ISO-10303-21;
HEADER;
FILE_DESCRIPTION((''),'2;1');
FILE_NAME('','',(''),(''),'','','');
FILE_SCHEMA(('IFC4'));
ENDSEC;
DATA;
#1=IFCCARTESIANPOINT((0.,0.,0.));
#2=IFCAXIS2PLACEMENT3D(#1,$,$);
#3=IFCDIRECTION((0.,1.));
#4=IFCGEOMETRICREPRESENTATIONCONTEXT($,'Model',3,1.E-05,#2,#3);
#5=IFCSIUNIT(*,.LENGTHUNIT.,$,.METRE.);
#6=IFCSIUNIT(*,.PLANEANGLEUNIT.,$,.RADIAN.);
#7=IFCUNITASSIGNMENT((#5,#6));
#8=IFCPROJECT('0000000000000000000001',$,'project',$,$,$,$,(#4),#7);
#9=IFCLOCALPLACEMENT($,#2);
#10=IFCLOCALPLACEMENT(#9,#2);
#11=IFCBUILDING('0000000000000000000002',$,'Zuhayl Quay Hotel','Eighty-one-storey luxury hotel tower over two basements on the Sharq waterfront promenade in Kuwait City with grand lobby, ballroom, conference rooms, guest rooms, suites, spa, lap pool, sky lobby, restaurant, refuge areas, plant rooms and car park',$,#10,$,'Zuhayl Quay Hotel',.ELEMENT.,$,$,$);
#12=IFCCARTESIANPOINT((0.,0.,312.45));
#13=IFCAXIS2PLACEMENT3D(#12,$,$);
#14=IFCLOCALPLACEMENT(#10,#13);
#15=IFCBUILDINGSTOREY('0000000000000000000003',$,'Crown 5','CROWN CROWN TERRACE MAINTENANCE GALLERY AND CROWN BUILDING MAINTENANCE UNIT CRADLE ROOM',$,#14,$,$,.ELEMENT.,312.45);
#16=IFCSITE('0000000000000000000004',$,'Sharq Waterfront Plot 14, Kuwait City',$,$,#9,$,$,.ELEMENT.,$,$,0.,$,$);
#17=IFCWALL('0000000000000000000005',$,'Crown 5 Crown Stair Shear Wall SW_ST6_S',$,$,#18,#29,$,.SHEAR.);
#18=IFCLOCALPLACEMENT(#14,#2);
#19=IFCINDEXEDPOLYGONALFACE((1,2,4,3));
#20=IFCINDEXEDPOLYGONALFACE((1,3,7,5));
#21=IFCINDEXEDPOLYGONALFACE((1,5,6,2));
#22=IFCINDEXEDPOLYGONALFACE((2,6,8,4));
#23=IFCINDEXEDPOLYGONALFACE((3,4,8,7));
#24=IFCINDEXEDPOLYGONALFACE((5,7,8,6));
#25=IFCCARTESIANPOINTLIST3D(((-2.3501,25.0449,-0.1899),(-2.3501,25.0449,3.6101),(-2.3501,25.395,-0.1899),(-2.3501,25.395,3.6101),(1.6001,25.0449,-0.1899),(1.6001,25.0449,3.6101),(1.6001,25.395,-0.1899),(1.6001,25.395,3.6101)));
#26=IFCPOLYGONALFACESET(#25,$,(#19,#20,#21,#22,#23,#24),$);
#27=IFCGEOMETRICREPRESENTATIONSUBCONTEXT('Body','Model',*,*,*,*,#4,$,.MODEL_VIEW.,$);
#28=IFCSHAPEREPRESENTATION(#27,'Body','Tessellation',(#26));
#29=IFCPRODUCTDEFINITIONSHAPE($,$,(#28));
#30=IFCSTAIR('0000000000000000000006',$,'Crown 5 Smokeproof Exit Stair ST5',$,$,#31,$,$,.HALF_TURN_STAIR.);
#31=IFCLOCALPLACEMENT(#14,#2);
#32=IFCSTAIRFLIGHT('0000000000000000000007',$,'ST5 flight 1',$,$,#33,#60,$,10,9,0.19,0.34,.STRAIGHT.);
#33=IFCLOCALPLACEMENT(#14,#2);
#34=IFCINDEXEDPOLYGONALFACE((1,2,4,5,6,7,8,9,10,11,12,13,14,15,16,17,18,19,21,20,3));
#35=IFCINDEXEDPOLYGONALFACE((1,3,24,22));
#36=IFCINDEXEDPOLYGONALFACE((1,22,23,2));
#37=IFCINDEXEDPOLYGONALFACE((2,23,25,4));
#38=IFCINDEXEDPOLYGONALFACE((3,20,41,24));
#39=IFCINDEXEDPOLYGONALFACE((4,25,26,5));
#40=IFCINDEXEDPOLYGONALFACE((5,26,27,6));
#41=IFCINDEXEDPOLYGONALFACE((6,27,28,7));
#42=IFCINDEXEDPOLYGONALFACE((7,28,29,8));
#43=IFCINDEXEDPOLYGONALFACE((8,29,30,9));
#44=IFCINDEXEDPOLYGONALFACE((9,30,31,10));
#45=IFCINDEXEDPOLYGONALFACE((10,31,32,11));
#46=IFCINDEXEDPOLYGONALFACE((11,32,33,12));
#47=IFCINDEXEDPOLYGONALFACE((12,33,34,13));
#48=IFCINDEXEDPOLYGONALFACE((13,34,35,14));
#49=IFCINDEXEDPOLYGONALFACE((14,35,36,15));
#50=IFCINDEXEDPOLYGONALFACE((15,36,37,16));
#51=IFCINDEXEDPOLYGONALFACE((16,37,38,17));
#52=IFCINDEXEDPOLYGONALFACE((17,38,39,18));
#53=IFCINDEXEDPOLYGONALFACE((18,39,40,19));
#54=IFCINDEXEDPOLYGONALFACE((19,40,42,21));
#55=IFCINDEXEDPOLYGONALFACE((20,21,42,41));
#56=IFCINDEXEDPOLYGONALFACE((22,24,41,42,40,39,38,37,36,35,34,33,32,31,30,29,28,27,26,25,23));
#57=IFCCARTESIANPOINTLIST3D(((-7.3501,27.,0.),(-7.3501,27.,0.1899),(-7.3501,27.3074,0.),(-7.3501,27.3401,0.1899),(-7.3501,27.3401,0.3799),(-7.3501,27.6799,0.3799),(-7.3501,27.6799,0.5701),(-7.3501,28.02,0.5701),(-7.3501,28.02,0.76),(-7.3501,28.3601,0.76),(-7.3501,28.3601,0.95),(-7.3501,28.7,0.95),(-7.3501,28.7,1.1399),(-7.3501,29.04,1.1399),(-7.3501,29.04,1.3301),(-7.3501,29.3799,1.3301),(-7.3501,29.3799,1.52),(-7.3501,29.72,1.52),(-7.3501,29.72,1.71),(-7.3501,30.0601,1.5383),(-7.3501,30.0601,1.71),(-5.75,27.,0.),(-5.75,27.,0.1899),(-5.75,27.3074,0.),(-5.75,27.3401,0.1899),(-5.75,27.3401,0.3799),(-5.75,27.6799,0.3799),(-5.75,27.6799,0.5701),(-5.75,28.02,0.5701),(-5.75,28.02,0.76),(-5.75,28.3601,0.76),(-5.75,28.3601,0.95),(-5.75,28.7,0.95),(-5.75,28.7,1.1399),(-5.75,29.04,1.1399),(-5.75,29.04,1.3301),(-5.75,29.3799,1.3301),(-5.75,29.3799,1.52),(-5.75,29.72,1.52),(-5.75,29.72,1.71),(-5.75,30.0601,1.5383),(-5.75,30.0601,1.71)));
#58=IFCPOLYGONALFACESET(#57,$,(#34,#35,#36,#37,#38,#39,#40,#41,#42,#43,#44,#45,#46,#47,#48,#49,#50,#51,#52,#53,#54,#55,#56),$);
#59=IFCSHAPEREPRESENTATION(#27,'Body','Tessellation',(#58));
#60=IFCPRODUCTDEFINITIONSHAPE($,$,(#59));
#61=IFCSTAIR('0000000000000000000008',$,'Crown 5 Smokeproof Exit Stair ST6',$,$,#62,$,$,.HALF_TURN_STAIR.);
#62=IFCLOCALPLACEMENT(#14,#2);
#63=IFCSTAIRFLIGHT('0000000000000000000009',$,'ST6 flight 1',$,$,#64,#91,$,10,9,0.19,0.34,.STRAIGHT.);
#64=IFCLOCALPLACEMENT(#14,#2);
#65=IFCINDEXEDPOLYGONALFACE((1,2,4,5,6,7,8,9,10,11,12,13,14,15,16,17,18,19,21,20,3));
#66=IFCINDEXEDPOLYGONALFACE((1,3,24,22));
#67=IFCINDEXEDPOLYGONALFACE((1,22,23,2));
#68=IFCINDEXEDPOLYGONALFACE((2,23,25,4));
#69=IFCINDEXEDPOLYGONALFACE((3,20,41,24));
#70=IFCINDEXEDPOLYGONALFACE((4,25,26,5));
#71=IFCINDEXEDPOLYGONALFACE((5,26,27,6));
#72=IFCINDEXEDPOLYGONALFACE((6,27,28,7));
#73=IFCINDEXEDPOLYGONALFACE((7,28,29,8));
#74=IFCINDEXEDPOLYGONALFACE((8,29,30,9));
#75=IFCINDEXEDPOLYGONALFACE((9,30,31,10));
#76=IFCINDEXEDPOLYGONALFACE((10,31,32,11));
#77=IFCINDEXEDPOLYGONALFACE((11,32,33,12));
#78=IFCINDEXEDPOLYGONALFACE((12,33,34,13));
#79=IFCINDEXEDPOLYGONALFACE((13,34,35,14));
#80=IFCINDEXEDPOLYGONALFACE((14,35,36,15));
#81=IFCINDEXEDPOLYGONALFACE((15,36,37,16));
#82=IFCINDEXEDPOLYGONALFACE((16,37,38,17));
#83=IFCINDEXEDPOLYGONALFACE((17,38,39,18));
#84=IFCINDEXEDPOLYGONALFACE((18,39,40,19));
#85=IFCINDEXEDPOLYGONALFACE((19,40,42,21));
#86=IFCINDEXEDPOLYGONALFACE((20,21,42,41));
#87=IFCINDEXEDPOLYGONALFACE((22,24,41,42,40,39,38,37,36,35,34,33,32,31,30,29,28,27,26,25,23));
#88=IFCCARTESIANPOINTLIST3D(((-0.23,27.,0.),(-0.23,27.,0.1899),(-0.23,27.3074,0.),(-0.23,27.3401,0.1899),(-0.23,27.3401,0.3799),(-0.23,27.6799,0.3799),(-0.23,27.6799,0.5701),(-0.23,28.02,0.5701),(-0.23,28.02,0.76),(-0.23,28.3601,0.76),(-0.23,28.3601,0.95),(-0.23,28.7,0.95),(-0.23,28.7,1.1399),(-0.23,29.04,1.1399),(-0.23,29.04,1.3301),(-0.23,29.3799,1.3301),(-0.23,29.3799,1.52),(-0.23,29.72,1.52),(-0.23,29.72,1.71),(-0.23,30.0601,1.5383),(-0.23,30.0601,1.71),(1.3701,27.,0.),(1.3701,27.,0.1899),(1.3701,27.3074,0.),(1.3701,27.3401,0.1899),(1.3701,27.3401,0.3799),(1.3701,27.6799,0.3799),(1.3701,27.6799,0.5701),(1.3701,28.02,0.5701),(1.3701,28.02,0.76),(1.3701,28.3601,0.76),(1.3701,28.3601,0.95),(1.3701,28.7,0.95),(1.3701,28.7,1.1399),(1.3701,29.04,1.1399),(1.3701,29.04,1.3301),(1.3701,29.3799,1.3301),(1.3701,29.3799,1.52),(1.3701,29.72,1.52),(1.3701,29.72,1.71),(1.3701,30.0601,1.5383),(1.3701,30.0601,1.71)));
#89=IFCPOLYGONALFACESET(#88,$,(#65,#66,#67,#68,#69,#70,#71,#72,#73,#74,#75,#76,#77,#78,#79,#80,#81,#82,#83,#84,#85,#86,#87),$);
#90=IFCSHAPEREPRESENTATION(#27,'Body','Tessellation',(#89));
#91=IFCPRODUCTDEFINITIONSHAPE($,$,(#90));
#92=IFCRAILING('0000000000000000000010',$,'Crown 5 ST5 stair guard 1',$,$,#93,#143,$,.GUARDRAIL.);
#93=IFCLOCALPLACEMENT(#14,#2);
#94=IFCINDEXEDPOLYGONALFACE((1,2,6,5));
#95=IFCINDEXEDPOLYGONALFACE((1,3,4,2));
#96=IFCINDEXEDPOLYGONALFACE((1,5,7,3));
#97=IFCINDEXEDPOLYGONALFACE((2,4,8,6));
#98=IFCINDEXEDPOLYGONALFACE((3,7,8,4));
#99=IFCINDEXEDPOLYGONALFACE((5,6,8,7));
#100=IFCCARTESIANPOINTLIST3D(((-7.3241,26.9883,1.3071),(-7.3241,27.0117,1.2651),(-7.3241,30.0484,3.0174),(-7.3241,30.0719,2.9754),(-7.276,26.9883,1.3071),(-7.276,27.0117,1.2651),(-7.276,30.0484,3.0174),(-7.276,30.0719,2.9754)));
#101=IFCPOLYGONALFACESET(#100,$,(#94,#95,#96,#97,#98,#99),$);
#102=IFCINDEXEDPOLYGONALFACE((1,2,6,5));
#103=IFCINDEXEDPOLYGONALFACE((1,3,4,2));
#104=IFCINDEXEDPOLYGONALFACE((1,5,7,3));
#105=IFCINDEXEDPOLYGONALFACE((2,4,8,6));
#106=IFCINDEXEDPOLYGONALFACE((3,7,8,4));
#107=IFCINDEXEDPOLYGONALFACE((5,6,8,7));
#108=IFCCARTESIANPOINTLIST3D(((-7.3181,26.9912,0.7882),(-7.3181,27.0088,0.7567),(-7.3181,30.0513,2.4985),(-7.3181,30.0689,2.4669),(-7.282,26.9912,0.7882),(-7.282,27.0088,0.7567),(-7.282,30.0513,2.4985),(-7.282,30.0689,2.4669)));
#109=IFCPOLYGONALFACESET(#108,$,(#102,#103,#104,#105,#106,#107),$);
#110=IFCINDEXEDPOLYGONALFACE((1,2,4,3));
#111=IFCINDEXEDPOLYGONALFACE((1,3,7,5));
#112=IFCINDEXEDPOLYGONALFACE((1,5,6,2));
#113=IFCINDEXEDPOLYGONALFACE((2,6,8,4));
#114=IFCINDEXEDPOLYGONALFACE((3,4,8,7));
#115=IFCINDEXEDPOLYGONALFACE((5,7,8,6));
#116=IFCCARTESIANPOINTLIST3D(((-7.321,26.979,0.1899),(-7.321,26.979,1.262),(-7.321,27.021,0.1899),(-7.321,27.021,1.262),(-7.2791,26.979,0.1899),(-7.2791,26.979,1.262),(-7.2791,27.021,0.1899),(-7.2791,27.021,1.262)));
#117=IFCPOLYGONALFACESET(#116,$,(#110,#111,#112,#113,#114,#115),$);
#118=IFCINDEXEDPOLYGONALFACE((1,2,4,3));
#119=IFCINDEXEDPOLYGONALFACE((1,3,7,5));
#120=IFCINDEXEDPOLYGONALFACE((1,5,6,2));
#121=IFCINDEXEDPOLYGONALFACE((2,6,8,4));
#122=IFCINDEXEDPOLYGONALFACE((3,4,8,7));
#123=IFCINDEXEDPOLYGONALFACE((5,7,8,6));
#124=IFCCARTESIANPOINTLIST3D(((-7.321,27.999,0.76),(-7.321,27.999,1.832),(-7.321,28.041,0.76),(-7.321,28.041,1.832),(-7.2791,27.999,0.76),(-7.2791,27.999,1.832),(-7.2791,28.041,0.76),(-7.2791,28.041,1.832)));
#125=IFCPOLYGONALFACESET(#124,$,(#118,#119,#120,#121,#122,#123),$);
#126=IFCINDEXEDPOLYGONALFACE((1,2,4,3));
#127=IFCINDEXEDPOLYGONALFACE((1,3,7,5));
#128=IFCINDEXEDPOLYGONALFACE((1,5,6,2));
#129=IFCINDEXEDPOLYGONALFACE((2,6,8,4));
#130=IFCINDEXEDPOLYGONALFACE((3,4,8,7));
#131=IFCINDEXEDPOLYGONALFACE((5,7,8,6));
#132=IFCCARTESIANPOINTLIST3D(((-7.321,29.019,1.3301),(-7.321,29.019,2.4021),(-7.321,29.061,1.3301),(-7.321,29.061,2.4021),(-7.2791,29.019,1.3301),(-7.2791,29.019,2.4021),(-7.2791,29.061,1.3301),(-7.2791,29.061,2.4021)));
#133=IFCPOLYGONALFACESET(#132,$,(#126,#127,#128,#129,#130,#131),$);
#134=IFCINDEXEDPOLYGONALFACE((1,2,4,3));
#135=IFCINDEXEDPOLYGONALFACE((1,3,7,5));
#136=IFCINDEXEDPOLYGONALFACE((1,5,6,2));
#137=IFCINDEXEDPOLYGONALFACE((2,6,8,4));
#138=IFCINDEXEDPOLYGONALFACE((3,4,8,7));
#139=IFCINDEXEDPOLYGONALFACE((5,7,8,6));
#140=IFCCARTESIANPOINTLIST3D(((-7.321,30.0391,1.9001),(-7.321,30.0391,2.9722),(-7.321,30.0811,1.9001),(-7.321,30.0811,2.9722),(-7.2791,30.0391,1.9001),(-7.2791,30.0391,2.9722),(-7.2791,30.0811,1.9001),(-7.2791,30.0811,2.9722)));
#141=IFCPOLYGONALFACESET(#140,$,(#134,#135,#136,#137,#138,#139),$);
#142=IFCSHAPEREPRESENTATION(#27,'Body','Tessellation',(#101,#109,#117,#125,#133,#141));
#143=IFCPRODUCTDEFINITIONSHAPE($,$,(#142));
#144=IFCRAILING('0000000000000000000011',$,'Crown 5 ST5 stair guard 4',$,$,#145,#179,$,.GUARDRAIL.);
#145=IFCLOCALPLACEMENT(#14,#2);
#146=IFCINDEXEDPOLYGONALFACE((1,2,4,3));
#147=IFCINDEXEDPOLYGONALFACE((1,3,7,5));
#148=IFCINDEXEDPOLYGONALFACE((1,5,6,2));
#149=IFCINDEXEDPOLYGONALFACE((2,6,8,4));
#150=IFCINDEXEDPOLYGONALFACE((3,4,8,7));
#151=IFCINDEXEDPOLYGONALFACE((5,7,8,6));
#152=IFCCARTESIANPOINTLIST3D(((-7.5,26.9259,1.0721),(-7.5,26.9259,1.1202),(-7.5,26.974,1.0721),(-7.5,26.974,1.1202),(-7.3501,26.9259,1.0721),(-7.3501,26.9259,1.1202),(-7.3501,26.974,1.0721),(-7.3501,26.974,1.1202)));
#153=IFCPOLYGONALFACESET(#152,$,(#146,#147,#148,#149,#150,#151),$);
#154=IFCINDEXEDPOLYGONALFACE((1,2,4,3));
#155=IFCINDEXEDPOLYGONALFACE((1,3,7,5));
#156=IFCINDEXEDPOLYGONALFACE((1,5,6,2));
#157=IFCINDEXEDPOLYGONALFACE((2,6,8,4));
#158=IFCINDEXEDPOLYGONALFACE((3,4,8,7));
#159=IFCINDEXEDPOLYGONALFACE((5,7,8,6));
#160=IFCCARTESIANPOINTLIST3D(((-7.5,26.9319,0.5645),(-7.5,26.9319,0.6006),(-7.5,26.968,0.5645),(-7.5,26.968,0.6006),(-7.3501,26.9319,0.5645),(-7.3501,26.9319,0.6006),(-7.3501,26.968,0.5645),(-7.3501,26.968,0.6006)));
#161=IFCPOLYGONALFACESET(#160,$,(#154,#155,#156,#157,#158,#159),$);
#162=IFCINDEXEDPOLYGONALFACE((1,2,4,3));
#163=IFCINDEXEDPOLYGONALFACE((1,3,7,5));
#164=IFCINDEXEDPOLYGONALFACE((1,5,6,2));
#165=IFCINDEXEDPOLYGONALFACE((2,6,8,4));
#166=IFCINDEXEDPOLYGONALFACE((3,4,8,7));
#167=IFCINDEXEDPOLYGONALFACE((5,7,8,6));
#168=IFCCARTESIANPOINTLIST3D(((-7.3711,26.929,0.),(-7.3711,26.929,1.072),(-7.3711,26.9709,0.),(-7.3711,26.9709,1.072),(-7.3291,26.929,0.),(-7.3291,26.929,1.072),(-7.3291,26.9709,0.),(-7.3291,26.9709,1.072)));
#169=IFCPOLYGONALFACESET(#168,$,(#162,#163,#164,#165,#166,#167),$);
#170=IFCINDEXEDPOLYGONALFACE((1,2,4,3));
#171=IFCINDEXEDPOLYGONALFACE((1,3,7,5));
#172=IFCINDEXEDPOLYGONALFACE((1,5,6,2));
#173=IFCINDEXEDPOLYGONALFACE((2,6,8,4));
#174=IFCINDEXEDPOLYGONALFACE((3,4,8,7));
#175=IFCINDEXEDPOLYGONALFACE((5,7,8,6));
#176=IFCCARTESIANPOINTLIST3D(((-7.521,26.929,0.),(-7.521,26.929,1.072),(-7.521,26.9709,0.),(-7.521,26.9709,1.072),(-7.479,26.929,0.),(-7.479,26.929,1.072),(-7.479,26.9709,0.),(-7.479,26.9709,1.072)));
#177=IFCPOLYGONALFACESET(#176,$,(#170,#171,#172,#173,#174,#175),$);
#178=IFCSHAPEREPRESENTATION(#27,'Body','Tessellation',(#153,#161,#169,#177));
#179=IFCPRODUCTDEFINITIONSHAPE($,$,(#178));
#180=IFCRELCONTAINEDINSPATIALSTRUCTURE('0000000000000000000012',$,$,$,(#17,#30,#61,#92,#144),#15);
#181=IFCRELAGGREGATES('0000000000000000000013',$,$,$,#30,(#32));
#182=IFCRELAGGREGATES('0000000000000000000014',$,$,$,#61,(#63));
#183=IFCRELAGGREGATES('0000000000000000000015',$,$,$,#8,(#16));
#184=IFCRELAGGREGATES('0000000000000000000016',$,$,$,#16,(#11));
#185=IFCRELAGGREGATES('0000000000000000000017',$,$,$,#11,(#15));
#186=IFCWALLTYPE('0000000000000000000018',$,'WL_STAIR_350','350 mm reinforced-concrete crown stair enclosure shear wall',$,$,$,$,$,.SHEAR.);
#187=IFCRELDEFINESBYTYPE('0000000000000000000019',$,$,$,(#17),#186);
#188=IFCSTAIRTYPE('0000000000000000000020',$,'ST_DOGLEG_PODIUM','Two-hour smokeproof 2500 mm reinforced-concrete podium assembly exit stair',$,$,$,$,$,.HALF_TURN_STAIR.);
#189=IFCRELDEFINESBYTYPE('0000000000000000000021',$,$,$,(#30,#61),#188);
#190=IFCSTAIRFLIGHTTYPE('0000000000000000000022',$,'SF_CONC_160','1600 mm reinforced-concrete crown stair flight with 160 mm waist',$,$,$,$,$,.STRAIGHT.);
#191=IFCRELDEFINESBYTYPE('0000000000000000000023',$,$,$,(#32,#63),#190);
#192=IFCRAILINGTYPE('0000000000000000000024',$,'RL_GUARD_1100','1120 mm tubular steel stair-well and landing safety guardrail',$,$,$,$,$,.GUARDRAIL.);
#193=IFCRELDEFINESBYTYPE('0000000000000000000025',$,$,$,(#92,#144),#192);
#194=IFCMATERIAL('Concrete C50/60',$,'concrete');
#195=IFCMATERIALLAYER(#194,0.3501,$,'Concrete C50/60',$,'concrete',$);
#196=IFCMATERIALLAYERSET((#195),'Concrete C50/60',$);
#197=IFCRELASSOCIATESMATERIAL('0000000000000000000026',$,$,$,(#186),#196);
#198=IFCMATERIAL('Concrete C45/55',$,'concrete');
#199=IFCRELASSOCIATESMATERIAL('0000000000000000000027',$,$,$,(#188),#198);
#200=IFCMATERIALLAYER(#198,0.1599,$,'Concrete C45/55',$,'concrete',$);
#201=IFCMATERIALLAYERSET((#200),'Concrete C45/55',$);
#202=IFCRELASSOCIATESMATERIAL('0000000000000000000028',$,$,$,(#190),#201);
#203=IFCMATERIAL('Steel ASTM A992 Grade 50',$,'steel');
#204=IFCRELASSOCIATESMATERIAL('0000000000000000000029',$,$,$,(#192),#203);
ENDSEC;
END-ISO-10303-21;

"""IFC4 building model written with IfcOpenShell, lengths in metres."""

from ifc_helpers import new_model, si_unit, direction, frame, frame_2d, origin, origin_2d, place, context, subcontext, project, spatial, polyline, rectangle, outline, extrude, material, layer, layer_set, type_object, element, aggregate, save


model = new_model("IFC4")

# Units and contexts
model_context = context("Model", 3, precision=1e-05, world=origin(), true_north=direction((0.0, 1.0)))
body_context = subcontext(model_context, "Body", "Model", "MODEL_VIEW")
ifc_project = project(units=[si_unit("LENGTHUNIT", "METRE"), si_unit("PLANEANGLEUNIT", "RADIAN")], contexts=[model_context])

# Site, building, storey
site_placement = place(None, origin())
site = spatial("IfcSite", under=ifc_project, at=site_placement, Name="Sharq Waterfront Plot 14, Kuwait City", CompositionType="ELEMENT", RefElevation=0.0)
building_placement = place(site_placement, origin())
building = spatial("IfcBuilding", under=site, at=building_placement, Name="Zuhayl Quay Hotel", Description="Eighty-one-storey luxury hotel tower over two basements on the Sharq waterfront promenade in Kuwait City with grand lobby, ballroom, conference rooms, guest rooms, suites, spa, lap pool, sky lobby, restaurant, refuge areas, plant rooms and car park", LongName="Zuhayl Quay Hotel", CompositionType="ELEMENT")
storey_placement = place(building_placement, frame((0.0, 0.0, 312.45)))
storey = spatial("IfcBuildingStorey", under=building, at=storey_placement, Name="Crown 5", Description="CROWN CROWN TERRACE MAINTENANCE GALLERY AND CROWN BUILDING MAINTENANCE UNIT CRADLE ROOM", CompositionType="ELEMENT", Elevation=312.45)

# Shared definitions
ifc_material_1 = material(Name="Steel ASTM A992 Grade 50", Category="steel")

# Shared definitions
ifc_material_2 = material(Name="Concrete C50/60", Category="concrete")
ifc_layer_1 = layer(ifc_material_2, 0.3501, Name="Concrete C50/60", Category="concrete")
ifc_layer_set_1 = layer_set([ifc_layer_1], Name="Concrete C50/60")
wall_type = type_object("IfcWallType", Name="WL_STAIR_350", Description="350 mm reinforced-concrete crown stair enclosure shear wall", PredefinedType="SHEAR", material=ifc_layer_set_1)

# Wall
wall_1_placement = place(storey_placement, frame((-2.3501, 25.22, -0.1899), z_axis=(0.0, 0.0, 1.0), x_axis=(1.0, 0.0, 0.0)))
element("IfcWall", 1, at=wall_1_placement, inside=storey, type_object=wall_type, Name="Crown 5 Crown Stair Shear Wall SW_ST6_S", PredefinedType="SHEAR", context=body_context, shape_type="SweptSolid", body=[
    extrude(rectangle(XDim=3.9502, YDim=0.3501, at=frame_2d((1.9751, 0.0))), origin(), (0.0, 0.0, 1.0), 3.8),
])

# Stairs, stair flights
ifc_material_3 = material(Name="Concrete C45/55", Category="concrete")
stair_type = type_object("IfcStairType", Name="ST_DOGLEG_PODIUM", Description="Two-hour smokeproof 2500 mm reinforced-concrete podium assembly exit stair", PredefinedType="HALF_TURN_STAIR", material=ifc_material_3)
stair_1_placement = place(storey_placement, origin())
stair_1 = element("IfcStair", 2, at=stair_1_placement, inside=storey, type_object=stair_type, Name="Crown 5 Smokeproof Exit Stair ST5", PredefinedType="HALF_TURN_STAIR")
ifc_layer_2 = layer(ifc_material_3, 0.1599, Name="Concrete C45/55", Category="concrete")
ifc_layer_set_2 = layer_set([ifc_layer_2], Name="Concrete C45/55")
stair_flight_type = type_object("IfcStairFlightType", Name="SF_CONC_160", Description="1600 mm reinforced-concrete crown stair flight with 160 mm waist", PredefinedType="STRAIGHT", material=ifc_layer_set_2)
stair_flight_1_placement = place(storey_placement, frame((-6.55, 27.0, 0.0), z_axis=(0.0, 0.0, 1.0), x_axis=(0.0, 1.0, 0.0)))
stair_flight_1 = element("IfcStairFlight", 3, at=stair_flight_1_placement, type_object=stair_flight_type, Name="ST5 flight 1", NumberOfRisers=10, NumberOfTreads=9, PredefinedType="STRAIGHT", RiserHeight=0.19, TreadLength=0.34, context=body_context, shape_type="SweptSolid", body=[
    extrude(outline(polyline([(0.0, 0.0), (0.0, 0.1899), (0.3401, 0.1899), (0.3401, 0.3799), (0.6799, 0.3799), (0.6799, 0.5701), (1.02, 0.5701), (1.02, 0.76), (1.3601, 0.76), (1.3601, 0.95), (1.7, 0.95), (1.7, 1.1399), (2.04, 1.1399), (2.04, 1.3301), (2.3799, 1.3301), (2.3799, 1.52), (2.72, 1.52), (2.72, 1.71), (3.0601, 1.71), (3.0601, 1.8999), (3.0601, 1.5383), (0.3074, 0.0), (0.0, 0.0)])), frame((0.0, 0.8, 0.0), z_axis=(0.0, -1.0, 0.0), x_axis=(1.0, 0.0, 0.0)), (0.0, 0.0, 1.0), 1.6001),
])
aggregate(stair_1, [stair_flight_1])
stair_2_placement = place(storey_placement, origin())
stair_2 = element("IfcStair", 4, at=stair_2_placement, inside=storey, type_object=stair_type, Name="Crown 5 Smokeproof Exit Stair ST6", PredefinedType="HALF_TURN_STAIR")
stair_flight_2_placement = place(storey_placement, frame((0.5701, 27.0, 0.0), z_axis=(0.0, 0.0, 1.0), x_axis=(0.0, 1.0, 0.0)))
stair_flight_2 = element("IfcStairFlight", 5, at=stair_flight_2_placement, type_object=stair_flight_type, Name="ST6 flight 1", NumberOfRisers=10, NumberOfTreads=9, PredefinedType="STRAIGHT", RiserHeight=0.19, TreadLength=0.34, context=body_context, shape_type="SweptSolid", body=[
    extrude(outline(polyline([(0.0, 0.0), (0.0, 0.1899), (0.3401, 0.1899), (0.3401, 0.3799), (0.6799, 0.3799), (0.6799, 0.5701), (1.02, 0.5701), (1.02, 0.76), (1.3601, 0.76), (1.3601, 0.95), (1.7, 0.95), (1.7, 1.1399), (2.04, 1.1399), (2.04, 1.3301), (2.3799, 1.3301), (2.3799, 1.52), (2.72, 1.52), (2.72, 1.71), (3.0601, 1.71), (3.0601, 1.8999), (3.0601, 1.5383), (0.3074, 0.0), (0.0, 0.0)])), frame((0.0, 0.8, 0.0), z_axis=(0.0, -1.0, 0.0), x_axis=(1.0, 0.0, 0.0)), (0.0, 0.0, 1.0), 1.6001),
])
aggregate(stair_2, [stair_flight_2])

# Railings
railing_type_1 = type_object("IfcRailingType", Name="RL_GUARD_1100", Description="1120 mm tubular steel stair-well and landing safety guardrail", PredefinedType="GUARDRAIL", material=ifc_material_1)
railing_1_placement = place(storey_placement, frame((-7.3, 27.0, 0.1899)))
element("IfcRailing", 6, at=railing_1_placement, inside=storey, type_object=railing_type_1, Name="Crown 5 ST5 stair guard 1", PredefinedType="GUARDRAIL", context=body_context, shape_type="SweptSolid", body=[
    extrude(rectangle(XDim=0.0481, YDim=0.0481, at=origin_2d()), frame((0.0, 0.0, 1.0962), z_axis=(0.0, 0.872923, 0.487859), x_axis=(-1.0, 0.0, 0.0)), (0.0, 0.0, 1.0), 3.5056),
    extrude(rectangle(XDim=0.0361, YDim=0.0361, at=origin_2d()), frame((0.0, 0.0, 0.5825), z_axis=(0.0, 0.872923, 0.487859), x_axis=(-1.0, 0.0, 0.0)), (0.0, 0.0, 1.0), 3.5056),
    extrude(rectangle(XDim=0.042, YDim=0.042, at=origin_2d()), origin(), (0.0, 0.0, 1.0), 1.072),
    extrude(rectangle(XDim=0.042, YDim=0.042, at=origin_2d()), frame((0.0, 1.02, 0.5701)), (0.0, 0.0, 1.0), 1.072),
    extrude(rectangle(XDim=0.042, YDim=0.042, at=origin_2d()), frame((0.0, 2.04, 1.1401)), (0.0, 0.0, 1.0), 1.072),
    extrude(rectangle(XDim=0.042, YDim=0.042, at=origin_2d()), frame((0.0, 3.0601, 1.7102)), (0.0, 0.0, 1.0), 1.072),
])
railing_2_placement = place(storey_placement, frame((-7.3501, 26.95, 0.0)))
element("IfcRailing", 7, at=railing_2_placement, inside=storey, type_object=railing_type_1, Name="Crown 5 ST5 stair guard 4", PredefinedType="GUARDRAIL", context=body_context, shape_type="SweptSolid", body=[
    extrude(rectangle(XDim=0.0481, YDim=0.0481, at=origin_2d()), frame((0.0, 0.0, 1.0962), z_axis=(-1.0, 0.0, 0.0), x_axis=(0.0, -1.0, 0.0)), (0.0, 0.0, 1.0), 0.1499),
    extrude(rectangle(XDim=0.0361, YDim=0.0361, at=origin_2d()), frame((0.0, 0.0, 0.5825), z_axis=(-1.0, 0.0, 0.0), x_axis=(0.0, -1.0, 0.0)), (0.0, 0.0, 1.0), 0.1499),
    extrude(rectangle(XDim=0.042, YDim=0.042, at=origin_2d()), origin(), (0.0, 0.0, 1.0), 1.072),
    extrude(rectangle(XDim=0.042, YDim=0.042, at=origin_2d()), frame((-0.1499, 0.0, 0.0)), (0.0, 0.0, 1.0), 1.072),
])

save(model, "model.ifc")
